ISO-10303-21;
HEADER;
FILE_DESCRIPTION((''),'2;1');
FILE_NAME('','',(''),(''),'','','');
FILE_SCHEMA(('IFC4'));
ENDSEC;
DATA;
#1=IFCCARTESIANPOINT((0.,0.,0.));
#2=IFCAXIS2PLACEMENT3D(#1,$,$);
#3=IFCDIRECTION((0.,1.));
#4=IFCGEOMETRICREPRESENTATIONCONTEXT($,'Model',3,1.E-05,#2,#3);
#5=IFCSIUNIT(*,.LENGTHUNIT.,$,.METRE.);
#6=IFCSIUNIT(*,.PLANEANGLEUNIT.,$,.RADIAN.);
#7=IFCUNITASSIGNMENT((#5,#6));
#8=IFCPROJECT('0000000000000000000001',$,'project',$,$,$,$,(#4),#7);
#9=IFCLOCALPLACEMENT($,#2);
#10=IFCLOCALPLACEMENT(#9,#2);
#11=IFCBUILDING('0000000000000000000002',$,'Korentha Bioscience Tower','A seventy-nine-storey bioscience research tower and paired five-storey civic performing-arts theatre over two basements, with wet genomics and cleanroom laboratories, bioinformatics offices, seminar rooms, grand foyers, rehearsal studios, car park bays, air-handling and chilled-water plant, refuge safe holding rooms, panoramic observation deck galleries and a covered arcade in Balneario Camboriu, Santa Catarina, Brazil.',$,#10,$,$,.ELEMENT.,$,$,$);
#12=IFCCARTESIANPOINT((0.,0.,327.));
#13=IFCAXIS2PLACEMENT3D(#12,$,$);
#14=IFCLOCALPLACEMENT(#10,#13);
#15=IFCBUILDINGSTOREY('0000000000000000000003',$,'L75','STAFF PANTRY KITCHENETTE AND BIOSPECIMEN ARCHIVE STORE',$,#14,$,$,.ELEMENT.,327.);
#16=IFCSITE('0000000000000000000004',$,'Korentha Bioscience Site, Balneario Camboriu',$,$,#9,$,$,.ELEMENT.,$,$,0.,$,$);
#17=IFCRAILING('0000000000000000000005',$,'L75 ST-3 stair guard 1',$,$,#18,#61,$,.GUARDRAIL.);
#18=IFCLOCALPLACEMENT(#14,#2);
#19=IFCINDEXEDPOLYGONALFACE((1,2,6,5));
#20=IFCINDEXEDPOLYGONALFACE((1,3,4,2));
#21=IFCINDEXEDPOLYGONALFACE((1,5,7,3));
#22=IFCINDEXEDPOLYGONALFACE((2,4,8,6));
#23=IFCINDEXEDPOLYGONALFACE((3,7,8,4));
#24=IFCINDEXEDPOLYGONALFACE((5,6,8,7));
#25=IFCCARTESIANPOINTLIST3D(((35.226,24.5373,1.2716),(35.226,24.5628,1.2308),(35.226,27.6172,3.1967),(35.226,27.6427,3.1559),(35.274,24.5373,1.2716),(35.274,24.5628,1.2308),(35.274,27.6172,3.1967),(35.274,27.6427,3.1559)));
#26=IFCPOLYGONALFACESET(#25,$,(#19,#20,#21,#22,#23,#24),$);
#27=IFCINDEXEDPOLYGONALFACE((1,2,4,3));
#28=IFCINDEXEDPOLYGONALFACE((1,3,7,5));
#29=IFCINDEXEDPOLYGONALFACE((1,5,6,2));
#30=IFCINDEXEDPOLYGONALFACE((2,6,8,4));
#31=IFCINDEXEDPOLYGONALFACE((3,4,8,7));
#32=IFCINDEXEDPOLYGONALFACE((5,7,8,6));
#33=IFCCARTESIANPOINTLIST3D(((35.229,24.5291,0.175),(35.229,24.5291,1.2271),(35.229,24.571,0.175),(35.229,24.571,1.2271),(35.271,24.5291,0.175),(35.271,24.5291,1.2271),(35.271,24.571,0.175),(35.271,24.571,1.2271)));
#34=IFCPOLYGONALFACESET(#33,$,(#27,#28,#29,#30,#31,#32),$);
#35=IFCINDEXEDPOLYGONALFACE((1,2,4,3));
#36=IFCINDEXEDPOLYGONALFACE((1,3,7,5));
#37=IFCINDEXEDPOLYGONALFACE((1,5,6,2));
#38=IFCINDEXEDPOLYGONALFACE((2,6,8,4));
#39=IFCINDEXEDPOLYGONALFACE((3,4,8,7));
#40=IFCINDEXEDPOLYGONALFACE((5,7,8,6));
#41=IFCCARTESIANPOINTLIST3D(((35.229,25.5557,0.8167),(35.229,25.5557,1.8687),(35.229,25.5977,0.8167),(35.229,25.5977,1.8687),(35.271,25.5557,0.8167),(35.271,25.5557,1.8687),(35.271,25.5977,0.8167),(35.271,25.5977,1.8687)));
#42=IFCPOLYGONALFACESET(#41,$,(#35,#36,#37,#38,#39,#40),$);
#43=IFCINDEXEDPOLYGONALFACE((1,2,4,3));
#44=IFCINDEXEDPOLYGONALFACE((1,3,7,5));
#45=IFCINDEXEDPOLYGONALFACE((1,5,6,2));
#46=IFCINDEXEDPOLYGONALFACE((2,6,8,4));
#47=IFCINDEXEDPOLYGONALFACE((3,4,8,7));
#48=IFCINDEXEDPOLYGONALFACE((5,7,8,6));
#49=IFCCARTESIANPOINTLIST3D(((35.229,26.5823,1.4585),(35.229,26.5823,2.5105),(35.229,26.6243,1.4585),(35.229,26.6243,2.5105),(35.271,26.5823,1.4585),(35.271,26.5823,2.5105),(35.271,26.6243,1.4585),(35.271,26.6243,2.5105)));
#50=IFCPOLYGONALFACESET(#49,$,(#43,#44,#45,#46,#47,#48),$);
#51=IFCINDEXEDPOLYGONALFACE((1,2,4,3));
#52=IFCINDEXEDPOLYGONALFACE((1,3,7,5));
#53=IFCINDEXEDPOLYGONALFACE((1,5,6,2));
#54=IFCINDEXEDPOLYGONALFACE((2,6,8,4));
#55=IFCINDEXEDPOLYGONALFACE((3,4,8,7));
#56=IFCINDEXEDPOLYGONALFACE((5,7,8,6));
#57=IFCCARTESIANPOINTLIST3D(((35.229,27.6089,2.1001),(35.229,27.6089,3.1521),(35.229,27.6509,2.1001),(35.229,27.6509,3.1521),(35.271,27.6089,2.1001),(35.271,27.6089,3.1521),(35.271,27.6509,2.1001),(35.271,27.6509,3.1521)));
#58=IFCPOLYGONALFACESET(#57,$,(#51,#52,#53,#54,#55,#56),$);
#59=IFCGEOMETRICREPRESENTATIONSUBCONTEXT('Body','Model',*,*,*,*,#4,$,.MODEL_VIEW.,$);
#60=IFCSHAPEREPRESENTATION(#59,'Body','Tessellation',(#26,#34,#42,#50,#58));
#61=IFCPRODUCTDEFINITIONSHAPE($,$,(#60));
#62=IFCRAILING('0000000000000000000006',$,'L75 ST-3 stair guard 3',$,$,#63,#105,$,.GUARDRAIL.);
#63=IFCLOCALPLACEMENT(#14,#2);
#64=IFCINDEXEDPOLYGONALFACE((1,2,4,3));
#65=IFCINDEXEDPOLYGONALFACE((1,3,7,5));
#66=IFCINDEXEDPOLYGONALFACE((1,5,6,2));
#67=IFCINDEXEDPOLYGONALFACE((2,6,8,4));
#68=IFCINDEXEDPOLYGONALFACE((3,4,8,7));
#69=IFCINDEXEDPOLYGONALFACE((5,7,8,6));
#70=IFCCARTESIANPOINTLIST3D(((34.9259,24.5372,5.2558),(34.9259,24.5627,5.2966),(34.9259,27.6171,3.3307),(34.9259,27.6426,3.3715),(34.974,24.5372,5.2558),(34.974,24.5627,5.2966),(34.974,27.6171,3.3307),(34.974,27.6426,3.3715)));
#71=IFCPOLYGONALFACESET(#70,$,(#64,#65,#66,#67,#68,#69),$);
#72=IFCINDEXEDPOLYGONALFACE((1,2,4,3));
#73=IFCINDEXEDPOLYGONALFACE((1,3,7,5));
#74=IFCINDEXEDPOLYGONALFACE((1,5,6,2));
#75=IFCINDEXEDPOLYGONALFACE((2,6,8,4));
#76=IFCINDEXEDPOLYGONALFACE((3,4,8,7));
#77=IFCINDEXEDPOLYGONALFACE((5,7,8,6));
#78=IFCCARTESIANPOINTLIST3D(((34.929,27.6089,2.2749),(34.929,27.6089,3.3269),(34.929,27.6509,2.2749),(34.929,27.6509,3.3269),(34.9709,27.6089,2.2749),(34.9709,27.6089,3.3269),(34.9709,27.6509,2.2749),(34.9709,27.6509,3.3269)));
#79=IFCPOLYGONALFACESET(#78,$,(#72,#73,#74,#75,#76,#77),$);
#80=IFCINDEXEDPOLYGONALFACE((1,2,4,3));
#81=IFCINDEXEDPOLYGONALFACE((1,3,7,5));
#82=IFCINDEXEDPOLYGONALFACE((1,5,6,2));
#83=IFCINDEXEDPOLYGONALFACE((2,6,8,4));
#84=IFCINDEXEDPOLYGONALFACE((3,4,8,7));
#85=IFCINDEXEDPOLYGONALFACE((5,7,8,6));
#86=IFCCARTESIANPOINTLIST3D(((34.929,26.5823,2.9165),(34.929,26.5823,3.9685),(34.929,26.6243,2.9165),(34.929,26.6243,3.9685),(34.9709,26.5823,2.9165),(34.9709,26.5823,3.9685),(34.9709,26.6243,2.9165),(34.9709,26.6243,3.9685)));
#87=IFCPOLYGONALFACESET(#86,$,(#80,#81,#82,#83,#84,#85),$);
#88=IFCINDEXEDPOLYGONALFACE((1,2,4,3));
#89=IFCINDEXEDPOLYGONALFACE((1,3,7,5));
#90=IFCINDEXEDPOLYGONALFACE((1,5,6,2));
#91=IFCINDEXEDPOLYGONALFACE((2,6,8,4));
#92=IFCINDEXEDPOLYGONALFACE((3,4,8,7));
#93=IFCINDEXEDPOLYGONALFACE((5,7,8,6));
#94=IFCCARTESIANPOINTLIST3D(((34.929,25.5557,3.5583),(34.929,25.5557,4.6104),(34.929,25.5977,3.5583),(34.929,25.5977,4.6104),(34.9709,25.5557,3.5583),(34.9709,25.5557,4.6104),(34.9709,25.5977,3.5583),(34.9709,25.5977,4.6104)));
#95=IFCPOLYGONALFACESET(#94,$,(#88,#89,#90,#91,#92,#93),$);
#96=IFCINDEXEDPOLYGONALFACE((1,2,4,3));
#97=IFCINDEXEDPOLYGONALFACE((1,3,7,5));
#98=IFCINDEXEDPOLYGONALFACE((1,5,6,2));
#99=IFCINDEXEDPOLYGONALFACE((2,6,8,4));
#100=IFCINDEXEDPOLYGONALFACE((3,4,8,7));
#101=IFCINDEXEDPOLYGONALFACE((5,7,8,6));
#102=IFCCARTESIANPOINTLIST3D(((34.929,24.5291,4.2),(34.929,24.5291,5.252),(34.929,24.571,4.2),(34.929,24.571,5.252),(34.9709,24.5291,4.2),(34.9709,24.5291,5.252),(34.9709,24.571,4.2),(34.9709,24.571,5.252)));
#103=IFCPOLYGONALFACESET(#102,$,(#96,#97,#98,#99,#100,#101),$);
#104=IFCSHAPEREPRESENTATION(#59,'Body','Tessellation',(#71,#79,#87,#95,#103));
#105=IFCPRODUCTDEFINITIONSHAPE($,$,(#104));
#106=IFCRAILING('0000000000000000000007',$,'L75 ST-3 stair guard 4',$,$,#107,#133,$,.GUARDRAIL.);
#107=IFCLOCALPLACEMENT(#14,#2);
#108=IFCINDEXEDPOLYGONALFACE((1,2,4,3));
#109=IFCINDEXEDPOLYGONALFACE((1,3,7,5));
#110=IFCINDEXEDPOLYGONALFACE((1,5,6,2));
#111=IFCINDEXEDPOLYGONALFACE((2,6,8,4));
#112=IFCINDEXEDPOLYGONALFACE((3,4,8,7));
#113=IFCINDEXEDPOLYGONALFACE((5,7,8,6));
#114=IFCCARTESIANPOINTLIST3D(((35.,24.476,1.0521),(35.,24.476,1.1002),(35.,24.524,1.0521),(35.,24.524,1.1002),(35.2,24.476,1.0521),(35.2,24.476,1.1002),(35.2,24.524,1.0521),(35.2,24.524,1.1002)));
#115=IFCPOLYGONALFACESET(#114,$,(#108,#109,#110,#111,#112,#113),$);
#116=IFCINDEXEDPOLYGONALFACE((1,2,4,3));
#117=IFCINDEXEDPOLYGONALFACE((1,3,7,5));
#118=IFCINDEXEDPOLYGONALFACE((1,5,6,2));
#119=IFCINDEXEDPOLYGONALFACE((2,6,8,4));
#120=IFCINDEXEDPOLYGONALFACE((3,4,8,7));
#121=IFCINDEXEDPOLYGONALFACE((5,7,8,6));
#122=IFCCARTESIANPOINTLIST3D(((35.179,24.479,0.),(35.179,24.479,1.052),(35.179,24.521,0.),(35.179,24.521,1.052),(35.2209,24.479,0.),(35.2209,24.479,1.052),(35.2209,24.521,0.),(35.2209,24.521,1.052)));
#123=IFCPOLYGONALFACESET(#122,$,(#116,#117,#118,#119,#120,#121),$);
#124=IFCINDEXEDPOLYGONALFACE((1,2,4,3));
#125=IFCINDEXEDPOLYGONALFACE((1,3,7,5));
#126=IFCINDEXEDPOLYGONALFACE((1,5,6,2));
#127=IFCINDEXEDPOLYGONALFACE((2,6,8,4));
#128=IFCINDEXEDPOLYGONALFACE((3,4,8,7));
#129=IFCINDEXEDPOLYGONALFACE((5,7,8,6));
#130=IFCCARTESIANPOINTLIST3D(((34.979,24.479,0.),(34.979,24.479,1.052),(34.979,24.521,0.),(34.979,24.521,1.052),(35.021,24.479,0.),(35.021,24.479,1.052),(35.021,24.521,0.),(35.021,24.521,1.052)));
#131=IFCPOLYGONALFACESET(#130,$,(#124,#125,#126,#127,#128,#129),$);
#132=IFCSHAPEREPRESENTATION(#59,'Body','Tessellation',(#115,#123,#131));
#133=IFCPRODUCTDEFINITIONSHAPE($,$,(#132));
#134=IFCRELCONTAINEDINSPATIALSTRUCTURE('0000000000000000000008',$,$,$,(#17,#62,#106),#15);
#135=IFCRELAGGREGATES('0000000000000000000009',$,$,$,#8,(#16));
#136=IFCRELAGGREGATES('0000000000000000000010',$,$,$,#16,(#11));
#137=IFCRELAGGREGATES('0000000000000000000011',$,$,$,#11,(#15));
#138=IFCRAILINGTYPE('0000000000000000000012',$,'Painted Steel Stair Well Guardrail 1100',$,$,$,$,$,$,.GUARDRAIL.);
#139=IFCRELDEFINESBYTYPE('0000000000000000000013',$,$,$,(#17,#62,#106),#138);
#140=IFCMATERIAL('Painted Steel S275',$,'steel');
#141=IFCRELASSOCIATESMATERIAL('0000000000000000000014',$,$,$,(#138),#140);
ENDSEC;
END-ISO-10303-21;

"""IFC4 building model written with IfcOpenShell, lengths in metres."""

from ifc_helpers import new_model, si_unit, direction, frame, origin, origin_2d, place, context, subcontext, project, spatial, rectangle, extrude, material, type_object, element, save


model = new_model("IFC4")

# Units and contexts
model_context = context("Model", 3, precision=1e-05, world=origin(), true_north=direction((0.0, 1.0)))
body_context = subcontext(model_context, "Body", "Model", "MODEL_VIEW")
ifc_project = project(units=[si_unit("LENGTHUNIT", "METRE"), si_unit("PLANEANGLEUNIT", "RADIAN")], contexts=[model_context])

# Site, building, storey
site_placement = place(None, origin())
site = spatial("IfcSite", under=ifc_project, at=site_placement, Name="Korentha Bioscience Site, Balneario Camboriu", CompositionType="ELEMENT", RefElevation=0.0)
building_placement = place(site_placement, origin())
building = spatial("IfcBuilding", under=site, at=building_placement, Name="Korentha Bioscience Tower", Description="A seventy-nine-storey bioscience research tower and paired five-storey civic performing-arts theatre over two basements, with wet genomics and cleanroom laboratories, bioinformatics offices, seminar rooms, grand foyers, rehearsal studios, car park bays, air-handling and chilled-water plant, refuge safe holding rooms, panoramic observation deck galleries and a covered arcade in Balneario Camboriu, Santa Catarina, Brazil.", CompositionType="ELEMENT")
storey_placement = place(building_placement, frame((0.0, 0.0, 327.0)))
storey = spatial("IfcBuildingStorey", under=building, at=storey_placement, Name="L75", Description="STAFF PANTRY KITCHENETTE AND BIOSPECIMEN ARCHIVE STORE", CompositionType="ELEMENT", Elevation=327.0)

# Railings
ifc_material_1 = material(Name="Painted Steel S275", Category="steel")
railing_type_1 = type_object("IfcRailingType", Name="Painted Steel Stair Well Guardrail 1100", PredefinedType="GUARDRAIL", material=ifc_material_1)
railing_1_placement = place(storey_placement, frame((35.25, 24.55, 0.175)))
element("IfcRailing", 1, at=railing_1_placement, inside=storey, type_object=railing_type_1, Name="L75 ST-3 stair guard 1", PredefinedType="GUARDRAIL", context=body_context, shape_type="SweptSolid", body=[
    extrude(rectangle(XDim=0.0481, YDim=0.0481, at=origin_2d()), frame((0.0, 0.0, 1.0762), z_axis=(0.0, 0.847979, 0.530029), x_axis=(-1.0, 0.0, 0.0)), (0.0, 0.0, 1.0), 3.6321),
    extrude(rectangle(XDim=0.042, YDim=0.042, at=origin_2d()), origin(), (0.0, 0.0, 1.0), 1.052),
    extrude(rectangle(XDim=0.042, YDim=0.042, at=origin_2d()), frame((0.0, 1.0266, 0.6416)), (0.0, 0.0, 1.0), 1.052),
    extrude(rectangle(XDim=0.042, YDim=0.042, at=origin_2d()), frame((0.0, 2.0532, 1.2834)), (0.0, 0.0, 1.0), 1.052),
    extrude(rectangle(XDim=0.042, YDim=0.042, at=origin_2d()), frame((0.0, 3.0798, 1.925)), (0.0, 0.0, 1.0), 1.052),
])
railing_2_placement = place(storey_placement, frame((34.95, 27.6299, 2.2749)))
element("IfcRailing", 2, at=railing_2_placement, inside=storey, type_object=railing_type_1, Name="L75 ST-3 stair guard 3", PredefinedType="GUARDRAIL", context=body_context, shape_type="SweptSolid", body=[
    extrude(rectangle(XDim=0.0481, YDim=0.0481, at=origin_2d()), frame((0.0, 0.0, 1.0762), z_axis=(0.0, -0.847979, 0.530029), x_axis=(1.0, 0.0, 0.0)), (0.0, 0.0, 1.0), 3.6321),
    extrude(rectangle(XDim=0.042, YDim=0.042, at=origin_2d()), origin(), (0.0, 0.0, 1.0), 1.052),
    extrude(rectangle(XDim=0.042, YDim=0.042, at=origin_2d()), frame((0.0, -1.0266, 0.6416)), (0.0, 0.0, 1.0), 1.052),
    extrude(rectangle(XDim=0.042, YDim=0.042, at=origin_2d()), frame((0.0, -2.0532, 1.2834)), (0.0, 0.0, 1.0), 1.052),
    extrude(rectangle(XDim=0.042, YDim=0.042, at=origin_2d()), frame((0.0, -3.0798, 1.925)), (0.0, 0.0, 1.0), 1.052),
])
railing_3_placement = place(storey_placement, frame((35.2, 24.5, 0.0)))
element("IfcRailing", 3, at=railing_3_placement, inside=storey, type_object=railing_type_1, Name="L75 ST-3 stair guard 4", PredefinedType="GUARDRAIL", context=body_context, shape_type="SweptSolid", body=[
    extrude(rectangle(XDim=0.0481, YDim=0.0481, at=origin_2d()), frame((0.0, 0.0, 1.0762), z_axis=(-1.0, 0.0, 0.0), x_axis=(0.0, -1.0, 0.0)), (0.0, 0.0, 1.0), 0.2),
    extrude(rectangle(XDim=0.042, YDim=0.042, at=origin_2d()), origin(), (0.0, 0.0, 1.0), 1.052),
    extrude(rectangle(XDim=0.042, YDim=0.042, at=origin_2d()), frame((-0.2, 0.0, 0.0)), (0.0, 0.0, 1.0), 1.052),
])

save(model, "model.ifc")
